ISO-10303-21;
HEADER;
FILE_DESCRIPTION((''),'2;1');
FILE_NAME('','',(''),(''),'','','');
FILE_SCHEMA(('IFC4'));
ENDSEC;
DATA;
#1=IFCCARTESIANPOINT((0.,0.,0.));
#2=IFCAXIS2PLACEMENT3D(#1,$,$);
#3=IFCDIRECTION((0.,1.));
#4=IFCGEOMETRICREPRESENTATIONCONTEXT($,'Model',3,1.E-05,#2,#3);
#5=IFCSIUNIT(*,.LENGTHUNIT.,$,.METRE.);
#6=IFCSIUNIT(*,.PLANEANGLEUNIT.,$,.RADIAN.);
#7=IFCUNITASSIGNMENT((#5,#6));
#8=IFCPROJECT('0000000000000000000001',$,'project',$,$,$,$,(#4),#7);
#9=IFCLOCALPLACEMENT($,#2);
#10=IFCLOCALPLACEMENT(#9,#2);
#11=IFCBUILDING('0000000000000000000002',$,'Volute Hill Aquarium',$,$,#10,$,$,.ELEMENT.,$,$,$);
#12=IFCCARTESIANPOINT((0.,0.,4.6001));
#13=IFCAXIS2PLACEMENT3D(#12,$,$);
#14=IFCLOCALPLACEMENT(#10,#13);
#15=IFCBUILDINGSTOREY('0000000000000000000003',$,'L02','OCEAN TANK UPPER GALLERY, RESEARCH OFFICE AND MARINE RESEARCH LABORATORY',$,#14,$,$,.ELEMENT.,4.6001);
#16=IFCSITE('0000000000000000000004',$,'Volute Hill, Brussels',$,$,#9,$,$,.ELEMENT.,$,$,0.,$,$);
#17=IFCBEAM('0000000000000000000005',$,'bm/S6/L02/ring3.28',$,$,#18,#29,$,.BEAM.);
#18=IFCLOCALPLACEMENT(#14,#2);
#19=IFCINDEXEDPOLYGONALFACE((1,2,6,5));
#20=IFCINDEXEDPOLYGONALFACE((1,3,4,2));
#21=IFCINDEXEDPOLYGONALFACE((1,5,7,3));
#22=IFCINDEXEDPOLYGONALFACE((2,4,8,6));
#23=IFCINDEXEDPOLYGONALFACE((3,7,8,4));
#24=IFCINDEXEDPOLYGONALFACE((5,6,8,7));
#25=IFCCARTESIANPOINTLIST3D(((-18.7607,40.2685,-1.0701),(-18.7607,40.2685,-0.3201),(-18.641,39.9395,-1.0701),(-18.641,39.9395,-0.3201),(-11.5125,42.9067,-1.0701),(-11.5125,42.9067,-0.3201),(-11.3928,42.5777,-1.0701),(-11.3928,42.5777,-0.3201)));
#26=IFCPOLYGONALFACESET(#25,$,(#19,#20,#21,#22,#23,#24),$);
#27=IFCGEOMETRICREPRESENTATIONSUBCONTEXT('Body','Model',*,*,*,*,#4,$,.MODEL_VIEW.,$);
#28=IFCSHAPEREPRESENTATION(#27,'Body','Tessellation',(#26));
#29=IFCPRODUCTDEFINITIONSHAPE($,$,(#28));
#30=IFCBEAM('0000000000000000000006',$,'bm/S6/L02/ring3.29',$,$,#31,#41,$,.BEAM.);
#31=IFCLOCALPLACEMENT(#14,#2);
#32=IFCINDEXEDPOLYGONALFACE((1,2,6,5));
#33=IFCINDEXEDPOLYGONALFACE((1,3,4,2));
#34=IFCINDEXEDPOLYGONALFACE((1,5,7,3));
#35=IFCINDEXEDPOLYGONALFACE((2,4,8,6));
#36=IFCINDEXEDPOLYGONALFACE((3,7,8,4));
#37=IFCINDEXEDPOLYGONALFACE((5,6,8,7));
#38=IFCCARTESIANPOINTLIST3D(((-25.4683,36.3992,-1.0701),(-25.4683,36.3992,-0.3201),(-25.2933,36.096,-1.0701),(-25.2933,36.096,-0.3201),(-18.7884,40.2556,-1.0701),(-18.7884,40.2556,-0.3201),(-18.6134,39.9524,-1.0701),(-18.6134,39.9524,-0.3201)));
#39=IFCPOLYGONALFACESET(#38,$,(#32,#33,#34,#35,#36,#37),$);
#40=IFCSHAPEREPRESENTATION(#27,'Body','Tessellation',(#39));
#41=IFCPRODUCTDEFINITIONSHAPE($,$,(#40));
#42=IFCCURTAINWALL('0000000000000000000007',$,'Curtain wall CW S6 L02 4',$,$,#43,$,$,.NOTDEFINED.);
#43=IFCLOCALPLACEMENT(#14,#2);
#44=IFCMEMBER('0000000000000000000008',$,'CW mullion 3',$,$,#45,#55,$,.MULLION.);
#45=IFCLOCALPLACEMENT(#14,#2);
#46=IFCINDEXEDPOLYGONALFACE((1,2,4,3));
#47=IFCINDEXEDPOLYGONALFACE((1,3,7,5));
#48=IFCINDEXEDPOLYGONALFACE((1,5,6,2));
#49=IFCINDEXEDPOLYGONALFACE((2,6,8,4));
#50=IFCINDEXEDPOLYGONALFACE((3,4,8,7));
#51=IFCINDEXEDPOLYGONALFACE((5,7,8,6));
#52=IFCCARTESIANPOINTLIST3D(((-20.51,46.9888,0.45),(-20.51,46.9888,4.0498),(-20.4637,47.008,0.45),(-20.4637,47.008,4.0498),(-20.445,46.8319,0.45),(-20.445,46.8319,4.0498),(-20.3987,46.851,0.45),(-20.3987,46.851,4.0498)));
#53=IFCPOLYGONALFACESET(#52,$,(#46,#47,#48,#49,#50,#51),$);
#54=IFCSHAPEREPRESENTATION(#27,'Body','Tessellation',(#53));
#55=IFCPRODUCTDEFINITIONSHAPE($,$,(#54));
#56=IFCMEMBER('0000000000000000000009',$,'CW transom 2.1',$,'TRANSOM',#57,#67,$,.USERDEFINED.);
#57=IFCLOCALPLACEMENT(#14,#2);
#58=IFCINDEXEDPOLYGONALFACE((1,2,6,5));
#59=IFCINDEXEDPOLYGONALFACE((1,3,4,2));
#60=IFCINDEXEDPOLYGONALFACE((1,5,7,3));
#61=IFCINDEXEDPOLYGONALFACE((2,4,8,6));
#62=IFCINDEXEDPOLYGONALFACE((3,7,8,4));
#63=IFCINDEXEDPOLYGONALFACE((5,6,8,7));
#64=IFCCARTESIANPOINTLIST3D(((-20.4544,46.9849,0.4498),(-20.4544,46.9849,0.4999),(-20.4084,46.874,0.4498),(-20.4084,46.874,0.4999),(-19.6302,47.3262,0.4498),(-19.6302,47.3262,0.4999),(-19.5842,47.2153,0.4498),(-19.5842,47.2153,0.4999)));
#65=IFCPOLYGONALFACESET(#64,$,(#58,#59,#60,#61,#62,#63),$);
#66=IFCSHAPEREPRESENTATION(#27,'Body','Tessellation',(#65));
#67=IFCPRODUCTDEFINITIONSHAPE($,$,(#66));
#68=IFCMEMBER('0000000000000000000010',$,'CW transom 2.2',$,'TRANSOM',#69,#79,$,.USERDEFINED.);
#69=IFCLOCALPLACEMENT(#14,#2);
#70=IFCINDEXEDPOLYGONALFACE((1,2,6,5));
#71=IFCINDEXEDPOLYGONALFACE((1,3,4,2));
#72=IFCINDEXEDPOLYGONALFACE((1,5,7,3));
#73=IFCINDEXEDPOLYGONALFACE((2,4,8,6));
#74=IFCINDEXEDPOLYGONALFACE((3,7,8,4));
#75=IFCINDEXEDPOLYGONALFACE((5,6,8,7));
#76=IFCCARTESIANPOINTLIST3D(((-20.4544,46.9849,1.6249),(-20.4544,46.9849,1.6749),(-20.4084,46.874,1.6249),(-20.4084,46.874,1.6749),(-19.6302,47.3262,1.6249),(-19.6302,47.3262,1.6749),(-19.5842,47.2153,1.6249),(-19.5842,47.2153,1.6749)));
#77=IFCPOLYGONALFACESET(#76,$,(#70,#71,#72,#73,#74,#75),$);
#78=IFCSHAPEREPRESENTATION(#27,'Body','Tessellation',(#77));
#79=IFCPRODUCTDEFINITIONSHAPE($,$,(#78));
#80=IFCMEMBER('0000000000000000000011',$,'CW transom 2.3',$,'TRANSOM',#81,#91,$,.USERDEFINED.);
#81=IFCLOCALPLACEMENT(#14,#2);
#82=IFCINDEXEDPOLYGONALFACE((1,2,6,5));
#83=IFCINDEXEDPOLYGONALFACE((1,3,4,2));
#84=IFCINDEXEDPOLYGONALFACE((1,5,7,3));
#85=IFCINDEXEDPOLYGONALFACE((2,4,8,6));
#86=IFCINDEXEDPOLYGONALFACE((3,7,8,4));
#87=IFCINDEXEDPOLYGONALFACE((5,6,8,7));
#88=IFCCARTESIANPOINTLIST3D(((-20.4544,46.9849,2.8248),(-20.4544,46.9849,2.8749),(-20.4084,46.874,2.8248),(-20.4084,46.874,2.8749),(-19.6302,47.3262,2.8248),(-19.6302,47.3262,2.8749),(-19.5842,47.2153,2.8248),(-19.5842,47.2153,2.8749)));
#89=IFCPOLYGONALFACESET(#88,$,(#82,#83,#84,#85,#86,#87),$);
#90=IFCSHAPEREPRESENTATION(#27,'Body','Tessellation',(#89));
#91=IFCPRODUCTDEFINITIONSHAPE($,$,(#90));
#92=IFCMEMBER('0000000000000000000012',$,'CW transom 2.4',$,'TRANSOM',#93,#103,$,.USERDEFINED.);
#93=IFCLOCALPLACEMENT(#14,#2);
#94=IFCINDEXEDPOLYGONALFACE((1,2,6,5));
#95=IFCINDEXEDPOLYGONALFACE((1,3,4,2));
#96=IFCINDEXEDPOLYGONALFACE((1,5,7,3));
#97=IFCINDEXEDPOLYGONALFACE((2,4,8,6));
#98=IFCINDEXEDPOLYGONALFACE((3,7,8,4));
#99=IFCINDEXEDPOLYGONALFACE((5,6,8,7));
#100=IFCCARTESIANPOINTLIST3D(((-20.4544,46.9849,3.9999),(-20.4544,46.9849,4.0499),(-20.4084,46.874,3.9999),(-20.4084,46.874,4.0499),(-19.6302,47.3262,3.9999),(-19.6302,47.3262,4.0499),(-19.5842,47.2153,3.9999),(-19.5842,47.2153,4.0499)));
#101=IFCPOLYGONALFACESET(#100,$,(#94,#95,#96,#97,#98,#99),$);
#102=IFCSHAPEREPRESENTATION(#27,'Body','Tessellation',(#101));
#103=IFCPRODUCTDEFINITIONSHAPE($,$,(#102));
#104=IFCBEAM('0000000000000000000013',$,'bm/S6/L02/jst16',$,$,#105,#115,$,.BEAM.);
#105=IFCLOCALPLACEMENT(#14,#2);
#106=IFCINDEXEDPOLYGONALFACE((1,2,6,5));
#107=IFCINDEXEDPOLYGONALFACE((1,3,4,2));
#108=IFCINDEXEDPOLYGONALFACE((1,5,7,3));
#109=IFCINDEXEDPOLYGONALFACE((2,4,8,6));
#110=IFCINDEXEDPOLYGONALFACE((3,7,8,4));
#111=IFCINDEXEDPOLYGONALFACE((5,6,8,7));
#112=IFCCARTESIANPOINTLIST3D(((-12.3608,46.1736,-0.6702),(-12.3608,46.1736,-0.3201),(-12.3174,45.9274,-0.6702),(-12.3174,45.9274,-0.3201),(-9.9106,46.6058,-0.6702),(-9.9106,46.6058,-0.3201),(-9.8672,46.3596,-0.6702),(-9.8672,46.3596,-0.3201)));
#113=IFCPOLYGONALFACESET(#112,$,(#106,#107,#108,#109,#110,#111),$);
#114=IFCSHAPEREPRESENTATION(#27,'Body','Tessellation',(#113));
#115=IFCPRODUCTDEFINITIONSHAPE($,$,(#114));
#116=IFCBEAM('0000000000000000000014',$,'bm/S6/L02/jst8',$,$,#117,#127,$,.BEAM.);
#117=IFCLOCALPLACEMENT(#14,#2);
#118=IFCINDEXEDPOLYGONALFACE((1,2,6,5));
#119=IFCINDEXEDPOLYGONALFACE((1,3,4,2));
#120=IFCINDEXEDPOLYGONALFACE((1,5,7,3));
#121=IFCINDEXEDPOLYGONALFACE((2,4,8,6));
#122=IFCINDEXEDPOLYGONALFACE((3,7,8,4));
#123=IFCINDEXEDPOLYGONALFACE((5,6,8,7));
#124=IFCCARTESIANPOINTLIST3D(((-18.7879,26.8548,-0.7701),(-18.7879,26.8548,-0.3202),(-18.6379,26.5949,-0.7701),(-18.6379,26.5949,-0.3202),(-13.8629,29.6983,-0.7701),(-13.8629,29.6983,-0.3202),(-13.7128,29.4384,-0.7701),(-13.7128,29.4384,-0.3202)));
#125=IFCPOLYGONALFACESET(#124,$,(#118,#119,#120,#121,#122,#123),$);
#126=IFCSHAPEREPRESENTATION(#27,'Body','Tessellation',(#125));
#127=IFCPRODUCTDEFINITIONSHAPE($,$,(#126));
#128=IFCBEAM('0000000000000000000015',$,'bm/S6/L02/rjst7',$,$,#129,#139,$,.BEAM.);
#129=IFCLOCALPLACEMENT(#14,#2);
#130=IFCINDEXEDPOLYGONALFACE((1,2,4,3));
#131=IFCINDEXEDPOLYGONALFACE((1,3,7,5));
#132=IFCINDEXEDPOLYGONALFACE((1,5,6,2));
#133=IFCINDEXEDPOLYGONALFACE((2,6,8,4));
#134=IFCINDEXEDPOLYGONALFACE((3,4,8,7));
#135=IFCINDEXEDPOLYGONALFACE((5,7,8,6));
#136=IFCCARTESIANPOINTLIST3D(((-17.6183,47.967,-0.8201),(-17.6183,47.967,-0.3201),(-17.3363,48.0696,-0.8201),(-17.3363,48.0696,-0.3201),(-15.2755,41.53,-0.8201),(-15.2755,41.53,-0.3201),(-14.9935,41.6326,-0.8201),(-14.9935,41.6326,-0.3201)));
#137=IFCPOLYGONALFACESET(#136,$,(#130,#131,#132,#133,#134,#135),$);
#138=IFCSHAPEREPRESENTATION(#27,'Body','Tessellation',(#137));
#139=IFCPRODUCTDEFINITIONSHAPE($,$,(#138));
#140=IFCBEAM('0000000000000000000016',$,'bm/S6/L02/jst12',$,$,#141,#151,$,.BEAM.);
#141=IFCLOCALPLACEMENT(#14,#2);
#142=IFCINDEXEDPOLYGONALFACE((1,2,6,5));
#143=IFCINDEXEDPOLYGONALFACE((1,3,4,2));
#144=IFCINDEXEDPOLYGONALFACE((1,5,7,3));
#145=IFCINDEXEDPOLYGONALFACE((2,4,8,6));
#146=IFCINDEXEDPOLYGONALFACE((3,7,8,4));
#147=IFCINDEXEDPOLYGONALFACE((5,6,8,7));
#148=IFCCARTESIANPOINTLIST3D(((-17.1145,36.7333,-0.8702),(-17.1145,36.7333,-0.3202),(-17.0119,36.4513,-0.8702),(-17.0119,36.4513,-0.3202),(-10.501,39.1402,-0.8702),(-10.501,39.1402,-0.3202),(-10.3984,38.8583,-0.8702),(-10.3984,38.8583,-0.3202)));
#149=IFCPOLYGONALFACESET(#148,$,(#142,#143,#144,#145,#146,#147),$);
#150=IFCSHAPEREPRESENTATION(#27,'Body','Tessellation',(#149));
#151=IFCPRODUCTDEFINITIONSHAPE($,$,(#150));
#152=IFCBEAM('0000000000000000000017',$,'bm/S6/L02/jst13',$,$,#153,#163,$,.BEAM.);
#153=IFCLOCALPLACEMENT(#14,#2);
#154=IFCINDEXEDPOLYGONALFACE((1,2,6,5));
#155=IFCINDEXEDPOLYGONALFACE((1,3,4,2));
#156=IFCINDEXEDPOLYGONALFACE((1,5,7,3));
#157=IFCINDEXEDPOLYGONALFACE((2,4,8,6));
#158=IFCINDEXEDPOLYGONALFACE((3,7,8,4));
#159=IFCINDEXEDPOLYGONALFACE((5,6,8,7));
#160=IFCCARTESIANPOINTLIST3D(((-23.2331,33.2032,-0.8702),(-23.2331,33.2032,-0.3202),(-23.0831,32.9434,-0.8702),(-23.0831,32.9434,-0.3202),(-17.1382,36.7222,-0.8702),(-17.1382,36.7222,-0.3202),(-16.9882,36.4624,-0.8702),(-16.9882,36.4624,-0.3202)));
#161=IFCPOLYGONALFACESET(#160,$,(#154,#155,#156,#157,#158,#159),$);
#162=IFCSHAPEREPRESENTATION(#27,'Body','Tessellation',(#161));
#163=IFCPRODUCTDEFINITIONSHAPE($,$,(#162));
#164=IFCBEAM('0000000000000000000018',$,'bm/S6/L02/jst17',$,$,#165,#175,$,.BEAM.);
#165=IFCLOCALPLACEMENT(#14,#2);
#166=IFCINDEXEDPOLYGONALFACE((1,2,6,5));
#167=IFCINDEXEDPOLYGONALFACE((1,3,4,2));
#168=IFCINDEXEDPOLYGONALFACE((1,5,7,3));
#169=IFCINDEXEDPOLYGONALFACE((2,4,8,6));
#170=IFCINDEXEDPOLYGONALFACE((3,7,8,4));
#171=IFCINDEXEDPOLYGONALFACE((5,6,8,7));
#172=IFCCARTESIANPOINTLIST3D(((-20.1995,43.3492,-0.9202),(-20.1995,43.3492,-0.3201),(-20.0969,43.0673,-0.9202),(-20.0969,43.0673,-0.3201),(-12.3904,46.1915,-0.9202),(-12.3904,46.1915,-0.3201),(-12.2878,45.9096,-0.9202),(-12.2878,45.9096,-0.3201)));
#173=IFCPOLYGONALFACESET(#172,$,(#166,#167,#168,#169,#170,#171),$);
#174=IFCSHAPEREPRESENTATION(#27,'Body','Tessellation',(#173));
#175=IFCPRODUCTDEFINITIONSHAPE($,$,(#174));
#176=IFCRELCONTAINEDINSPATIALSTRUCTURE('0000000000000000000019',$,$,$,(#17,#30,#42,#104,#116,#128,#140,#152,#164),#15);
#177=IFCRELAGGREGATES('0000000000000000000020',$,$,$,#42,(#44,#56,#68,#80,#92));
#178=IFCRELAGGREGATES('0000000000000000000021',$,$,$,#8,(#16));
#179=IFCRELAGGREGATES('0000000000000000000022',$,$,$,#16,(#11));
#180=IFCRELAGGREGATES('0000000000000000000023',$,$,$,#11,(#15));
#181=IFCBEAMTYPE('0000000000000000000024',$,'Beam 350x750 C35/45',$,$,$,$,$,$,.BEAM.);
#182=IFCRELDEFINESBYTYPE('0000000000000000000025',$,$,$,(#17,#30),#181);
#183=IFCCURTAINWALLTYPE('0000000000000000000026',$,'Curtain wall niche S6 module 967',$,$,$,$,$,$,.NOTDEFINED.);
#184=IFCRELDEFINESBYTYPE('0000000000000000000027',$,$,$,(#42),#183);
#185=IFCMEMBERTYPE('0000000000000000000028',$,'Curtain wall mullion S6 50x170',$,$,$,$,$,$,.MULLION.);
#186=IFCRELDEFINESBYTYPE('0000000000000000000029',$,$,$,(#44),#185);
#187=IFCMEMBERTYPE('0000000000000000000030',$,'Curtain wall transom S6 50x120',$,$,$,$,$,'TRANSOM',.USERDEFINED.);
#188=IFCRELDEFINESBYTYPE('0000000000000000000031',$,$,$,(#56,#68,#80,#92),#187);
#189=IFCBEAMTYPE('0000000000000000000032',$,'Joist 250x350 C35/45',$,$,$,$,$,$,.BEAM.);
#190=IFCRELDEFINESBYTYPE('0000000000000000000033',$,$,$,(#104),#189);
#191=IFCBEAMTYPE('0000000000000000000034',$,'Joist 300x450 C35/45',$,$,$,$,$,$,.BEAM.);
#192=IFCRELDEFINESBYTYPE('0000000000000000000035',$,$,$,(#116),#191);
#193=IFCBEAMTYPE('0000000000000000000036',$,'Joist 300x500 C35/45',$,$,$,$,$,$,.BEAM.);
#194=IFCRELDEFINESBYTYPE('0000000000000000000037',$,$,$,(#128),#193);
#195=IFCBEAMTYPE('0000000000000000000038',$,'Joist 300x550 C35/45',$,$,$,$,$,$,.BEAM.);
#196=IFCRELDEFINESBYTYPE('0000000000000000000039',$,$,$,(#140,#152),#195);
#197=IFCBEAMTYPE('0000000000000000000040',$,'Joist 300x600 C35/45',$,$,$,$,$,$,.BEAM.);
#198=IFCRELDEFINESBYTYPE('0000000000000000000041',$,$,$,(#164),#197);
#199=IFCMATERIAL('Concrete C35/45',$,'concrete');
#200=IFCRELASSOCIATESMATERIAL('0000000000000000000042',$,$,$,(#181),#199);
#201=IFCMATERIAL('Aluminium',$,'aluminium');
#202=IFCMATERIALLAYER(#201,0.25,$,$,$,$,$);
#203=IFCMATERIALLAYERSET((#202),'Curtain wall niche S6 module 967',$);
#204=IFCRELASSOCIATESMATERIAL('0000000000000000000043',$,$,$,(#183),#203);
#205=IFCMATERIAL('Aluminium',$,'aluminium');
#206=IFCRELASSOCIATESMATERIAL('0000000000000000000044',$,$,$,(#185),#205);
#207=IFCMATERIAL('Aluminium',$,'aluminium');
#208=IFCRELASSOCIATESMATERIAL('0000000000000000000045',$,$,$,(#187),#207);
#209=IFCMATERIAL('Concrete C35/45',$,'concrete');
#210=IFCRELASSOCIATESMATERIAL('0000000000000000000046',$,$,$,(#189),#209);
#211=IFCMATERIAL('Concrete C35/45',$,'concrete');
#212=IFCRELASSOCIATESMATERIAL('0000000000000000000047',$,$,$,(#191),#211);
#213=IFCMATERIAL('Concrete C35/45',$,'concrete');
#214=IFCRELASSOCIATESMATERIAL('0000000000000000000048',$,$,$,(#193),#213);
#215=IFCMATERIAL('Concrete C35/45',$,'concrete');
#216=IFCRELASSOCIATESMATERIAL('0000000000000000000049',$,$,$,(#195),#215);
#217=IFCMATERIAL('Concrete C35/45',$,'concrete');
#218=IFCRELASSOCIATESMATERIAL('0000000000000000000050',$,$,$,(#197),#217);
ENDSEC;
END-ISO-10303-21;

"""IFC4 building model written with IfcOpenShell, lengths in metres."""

from ifc_helpers import new_model, si_unit, direction, frame, origin, origin_2d, place, context, subcontext, project, spatial, rectangle, extrude, material, layer, layer_set, material_profile, profile_set, type_object, element, aggregate, save


model = new_model("IFC4")

# Units and contexts
model_context = context("Model", 3, precision=1e-05, world=origin(), true_north=direction((0.0, 1.0)))
body_context = subcontext(model_context, "Body", "Model", "MODEL_VIEW")
ifc_project = project(units=[si_unit("LENGTHUNIT", "METRE"), si_unit("PLANEANGLEUNIT", "RADIAN")], contexts=[model_context])

# Site, building, storey
site_placement = place(None, origin())
site = spatial("IfcSite", under=ifc_project, at=site_placement, Name="Volute Hill, Brussels", CompositionType="ELEMENT", RefElevation=0.0)
building_placement = place(site_placement, origin())
building = spatial("IfcBuilding", under=site, at=building_placement, Name="Volute Hill Aquarium", CompositionType="ELEMENT")
storey_placement = place(building_placement, frame((0.0, 0.0, 4.6001)))
storey = spatial("IfcBuildingStorey", under=building, at=storey_placement, Name="L02", Description="OCEAN TANK UPPER GALLERY, RESEARCH OFFICE AND MARINE RESEARCH LABORATORY", CompositionType="ELEMENT", Elevation=4.6001)

# Beams
ifc_material_1 = material(Name="Concrete C35/45", Category="concrete")
ifc_material_profile_1 = material_profile(ifc_material_1, rectangle(XDim=0.3501, YDim=0.75, at=origin_2d()), Name="RC beam 350x750")
ifc_profile_set_1 = profile_set([ifc_material_profile_1], Name="Concrete C35/45")
beam_type_1 = type_object("IfcBeamType", Name="Beam 350x750 C35/45", PredefinedType="BEAM", material=ifc_profile_set_1)
beam_1_placement = place(storey_placement, frame((-11.4526, 42.7422, -0.6951), z_axis=(-0.939692, -0.342023, 0.0), x_axis=(0.342023, -0.939692, 0.0)))
element("IfcBeam", 1, at=beam_1_placement, inside=storey, type_object=beam_type_1, Name="bm/S6/L02/ring3.28", PredefinedType="BEAM", context=body_context, shape_type="SweptSolid", body=[
    extrude(rectangle(XDim=0.3501, YDim=0.75, at=origin_2d()), origin(), (0.0, 0.0, 1.0), 7.7134),
])
beam_2_placement = place(storey_placement, frame((-18.7009, 40.104, -0.6951), z_axis=(-0.866037, -0.499979, 0.0), x_axis=(0.499979, -0.866037, 0.0)))
element("IfcBeam", 2, at=beam_2_placement, inside=storey, type_object=beam_type_1, Name="bm/S6/L02/ring3.29", PredefinedType="BEAM", context=body_context, shape_type="SweptSolid", body=[
    extrude(rectangle(XDim=0.3501, YDim=0.75, at=origin_2d()), origin(), (0.0, 0.0, 1.0), 7.7131),
])

# Curtain wall, members
ifc_material_2 = material(Name="Aluminium", Category="aluminium")
ifc_layer_1 = layer(ifc_material_2, 0.25)
ifc_layer_set_1 = layer_set([ifc_layer_1], Name="Curtain wall niche S6 module 967")
curtain_wall_type = type_object("IfcCurtainWallType", Name="Curtain wall niche S6 module 967", PredefinedType="NOTDEFINED", material=ifc_layer_set_1)
curtain_wall_placement = place(storey_placement, origin())
curtain_wall = element("IfcCurtainWall", 3, at=curtain_wall_placement, inside=storey, type_object=curtain_wall_type, Name="Curtain wall CW S6 L02 4", PredefinedType="NOTDEFINED")
ifc_material_3 = material(Name="Aluminium", Category="aluminium")
ifc_material_profile_2 = material_profile(ifc_material_3, rectangle(XDim=0.1699, YDim=0.05, at=origin_2d()), Name="Curtain wall mullion S6 50x170")
ifc_profile_set_2 = profile_set([ifc_material_profile_2], Name="Aluminium")
member_type_1 = type_object("IfcMemberType", Name="Curtain wall mullion S6 50x170", PredefinedType="MULLION", material=ifc_profile_set_2)
member_1_placement = place(storey_placement, frame((-20.4543, 46.9199, 0.45), z_axis=(0.0, 0.0, 1.0), x_axis=(0.38268, -0.923881, 0.0)))
member_1 = element("IfcMember", 4, at=member_1_placement, type_object=member_type_1, Name="CW mullion 3", PredefinedType="MULLION", context=body_context, shape_type="SweptSolid", body=[
    extrude(rectangle(XDim=0.1699, YDim=0.05, at=origin_2d()), origin(), (0.0, 0.0, 1.0), 3.5999),
])
ifc_material_4 = material(Name="Aluminium", Category="aluminium")
ifc_material_profile_3 = material_profile(ifc_material_4, rectangle(XDim=0.1201, YDim=0.05, at=origin_2d()), Name="Curtain wall transom S6 50x120")
ifc_profile_set_3 = profile_set([ifc_material_profile_3], Name="Aluminium")
member_type_2 = type_object("IfcMemberType", Name="Curtain wall transom S6 50x120", ElementType="TRANSOM", PredefinedType="USERDEFINED", material=ifc_profile_set_3)
member_2_placement = place(storey_placement, frame((-19.6072, 47.2708, 0.4749), z_axis=(-0.923917, -0.382594, 0.0), x_axis=(0.382594, -0.923917, 0.0)))
member_2 = element("IfcMember", 5, at=member_2_placement, type_object=member_type_2, Name="CW transom 2.1", ObjectType="TRANSOM", PredefinedType="USERDEFINED", context=body_context, shape_type="SweptSolid", body=[
    extrude(rectangle(XDim=0.1201, YDim=0.05, at=origin_2d()), origin(), (0.0, 0.0, 1.0), 0.8921),
])
member_3_placement = place(storey_placement, frame((-19.6072, 47.2708, 1.6499), z_axis=(-0.923917, -0.382594, 0.0), x_axis=(0.382594, -0.923917, 0.0)))
member_3 = element("IfcMember", 6, at=member_3_placement, type_object=member_type_2, Name="CW transom 2.2", ObjectType="TRANSOM", PredefinedType="USERDEFINED", context=body_context, shape_type="SweptSolid", body=[
    extrude(rectangle(XDim=0.1201, YDim=0.05, at=origin_2d()), origin(), (0.0, 0.0, 1.0), 0.8921),
])
member_4_placement = place(storey_placement, frame((-19.6072, 47.2708, 2.8499), z_axis=(-0.923917, -0.382594, 0.0), x_axis=(0.382594, -0.923917, 0.0)))
member_4 = element("IfcMember", 7, at=member_4_placement, type_object=member_type_2, Name="CW transom 2.3", ObjectType="TRANSOM", PredefinedType="USERDEFINED", context=body_context, shape_type="SweptSolid", body=[
    extrude(rectangle(XDim=0.1201, YDim=0.05, at=origin_2d()), origin(), (0.0, 0.0, 1.0), 0.8921),
])
member_5_placement = place(storey_placement, frame((-19.6072, 47.2708, 4.0249), z_axis=(-0.923917, -0.382594, 0.0), x_axis=(0.382594, -0.923917, 0.0)))
member_5 = element("IfcMember", 8, at=member_5_placement, type_object=member_type_2, Name="CW transom 2.4", ObjectType="TRANSOM", PredefinedType="USERDEFINED", context=body_context, shape_type="SweptSolid", body=[
    extrude(rectangle(XDim=0.1201, YDim=0.05, at=origin_2d()), origin(), (0.0, 0.0, 1.0), 0.8921),
])

# Beams
ifc_material_5 = material(Name="Concrete C35/45", Category="concrete")
ifc_material_profile_4 = material_profile(ifc_material_5, rectangle(XDim=0.25, YDim=0.3501, at=origin_2d()), Name="RC joist 250x350")
ifc_profile_set_4 = profile_set([ifc_material_profile_4], Name="Concrete C35/45")
beam_type_2 = type_object("IfcBeamType", Name="Joist 250x350 C35/45", PredefinedType="BEAM", material=ifc_profile_set_4)
beam_3_placement = place(storey_placement, frame((-9.8889, 46.4827, -0.4951), z_axis=(-0.984801, -0.173685, 0.0), x_axis=(0.173685, -0.984801, 0.0)))
element("IfcBeam", 9, at=beam_3_placement, inside=storey, type_object=beam_type_2, Name="bm/S6/L02/jst16", PredefinedType="BEAM", context=body_context, shape_type="SweptSolid", body=[
    extrude(rectangle(XDim=0.25, YDim=0.3501, at=origin_2d()), origin(), (0.0, 0.0, 1.0), 2.488),
])
ifc_material_6 = material(Name="Concrete C35/45", Category="concrete")
ifc_material_profile_5 = material_profile(ifc_material_6, rectangle(XDim=0.3, YDim=0.45, at=origin_2d()), Name="RC joist 300x450")
ifc_profile_set_5 = profile_set([ifc_material_profile_5], Name="Concrete C35/45")
beam_type_3 = type_object("IfcBeamType", Name="Joist 300x450 C35/45", PredefinedType="BEAM", material=ifc_profile_set_5)
beam_4_placement = place(storey_placement, frame((-13.7878, 29.5684, -0.5452), z_axis=(-0.866023, -0.500004, 0.0), x_axis=(0.500004, -0.866023, 0.0)))
element("IfcBeam", 10, at=beam_4_placement, inside=storey, type_object=beam_type_3, Name="bm/S6/L02/jst8", PredefinedType="BEAM", context=body_context, shape_type="SweptSolid", body=[
    extrude(rectangle(XDim=0.3, YDim=0.45, at=origin_2d()), origin(), (0.0, 0.0, 1.0), 5.687),
])
ifc_material_7 = material(Name="Concrete C35/45", Category="concrete")
ifc_material_profile_6 = material_profile(ifc_material_7, rectangle(XDim=0.3, YDim=0.5, at=origin_2d()), Name="RC joist 300x500")
ifc_profile_set_6 = profile_set([ifc_material_profile_6], Name="Concrete C35/45")
beam_type_4 = type_object("IfcBeamType", Name="Joist 300x500 C35/45", PredefinedType="BEAM", material=ifc_profile_set_6)
beam_5_placement = place(storey_placement, frame((-15.1345, 41.5813, -0.5701), z_axis=(-0.342006, 0.939698, 0.0), x_axis=(-0.939698, -0.342006, 0.0)))
element("IfcBeam", 11, at=beam_5_placement, inside=storey, type_object=beam_type_4, Name="bm/S6/L02/rjst7", PredefinedType="BEAM", context=body_context, shape_type="SweptSolid", body=[
    extrude(rectangle(XDim=0.3, YDim=0.5, at=origin_2d()), origin(), (0.0, 0.0, 1.0), 6.8501),
])
ifc_material_8 = material(Name="Concrete C35/45", Category="concrete")
ifc_material_profile_7 = material_profile(ifc_material_8, rectangle(XDim=0.3, YDim=0.55, at=origin_2d()), Name="RC joist 300x550")
ifc_profile_set_7 = profile_set([ifc_material_profile_7], Name="Concrete C35/45")
beam_type_5 = type_object("IfcBeamType", Name="Joist 300x550 C35/45", PredefinedType="BEAM", material=ifc_profile_set_7)
for number, where, z_axis, x_axis, name in (
    (12, (-10.4497, 38.9993, -0.5952), (-0.939699, -0.342002, 0.0), (0.342002, -0.939699, 0.0), "bm/S6/L02/jst12"),
    (13, (-17.0632, 36.5923, -0.5952), (-0.866019, -0.500012, 0.0), (0.500012, -0.866019, 0.0), "bm/S6/L02/jst13"),
):
    element("IfcBeam", number, at=place(storey_placement, frame(where, z_axis=z_axis, x_axis=x_axis)), inside=storey, type_object=beam_type_5, Name=name, PredefinedType="BEAM", context=body_context, shape_type="SweptSolid", body=[
        extrude(rectangle(XDim=0.3, YDim=0.55, at=origin_2d()), origin(), (0.0, 0.0, 1.0), 7.0378),
    ])
ifc_material_9 = material(Name="Concrete C35/45", Category="concrete")
ifc_material_profile_8 = material_profile(ifc_material_9, rectangle(XDim=0.3, YDim=0.6001, at=origin_2d()), Name="RC joist 300x600")
ifc_profile_set_8 = profile_set([ifc_material_profile_8], Name="Concrete C35/45")
beam_type_6 = type_object("IfcBeamType", Name="Joist 300x600 C35/45", PredefinedType="BEAM", material=ifc_profile_set_8)
beam_6_placement = place(storey_placement, frame((-12.3391, 46.0505, -0.6201), z_axis=(-0.939692, -0.342021, 0.0), x_axis=(0.342021, -0.939692, 0.0)))
element("IfcBeam", 14, at=beam_6_placement, inside=storey, type_object=beam_type_6, Name="bm/S6/L02/jst17", PredefinedType="BEAM", context=body_context, shape_type="SweptSolid", body=[
    extrude(rectangle(XDim=0.3, YDim=0.6001, at=origin_2d()), origin(), (0.0, 0.0, 1.0), 8.3103),
])

aggregate(curtain_wall, [member_1, member_2, member_3, member_4, member_5])

save(model, "model.ifc")
